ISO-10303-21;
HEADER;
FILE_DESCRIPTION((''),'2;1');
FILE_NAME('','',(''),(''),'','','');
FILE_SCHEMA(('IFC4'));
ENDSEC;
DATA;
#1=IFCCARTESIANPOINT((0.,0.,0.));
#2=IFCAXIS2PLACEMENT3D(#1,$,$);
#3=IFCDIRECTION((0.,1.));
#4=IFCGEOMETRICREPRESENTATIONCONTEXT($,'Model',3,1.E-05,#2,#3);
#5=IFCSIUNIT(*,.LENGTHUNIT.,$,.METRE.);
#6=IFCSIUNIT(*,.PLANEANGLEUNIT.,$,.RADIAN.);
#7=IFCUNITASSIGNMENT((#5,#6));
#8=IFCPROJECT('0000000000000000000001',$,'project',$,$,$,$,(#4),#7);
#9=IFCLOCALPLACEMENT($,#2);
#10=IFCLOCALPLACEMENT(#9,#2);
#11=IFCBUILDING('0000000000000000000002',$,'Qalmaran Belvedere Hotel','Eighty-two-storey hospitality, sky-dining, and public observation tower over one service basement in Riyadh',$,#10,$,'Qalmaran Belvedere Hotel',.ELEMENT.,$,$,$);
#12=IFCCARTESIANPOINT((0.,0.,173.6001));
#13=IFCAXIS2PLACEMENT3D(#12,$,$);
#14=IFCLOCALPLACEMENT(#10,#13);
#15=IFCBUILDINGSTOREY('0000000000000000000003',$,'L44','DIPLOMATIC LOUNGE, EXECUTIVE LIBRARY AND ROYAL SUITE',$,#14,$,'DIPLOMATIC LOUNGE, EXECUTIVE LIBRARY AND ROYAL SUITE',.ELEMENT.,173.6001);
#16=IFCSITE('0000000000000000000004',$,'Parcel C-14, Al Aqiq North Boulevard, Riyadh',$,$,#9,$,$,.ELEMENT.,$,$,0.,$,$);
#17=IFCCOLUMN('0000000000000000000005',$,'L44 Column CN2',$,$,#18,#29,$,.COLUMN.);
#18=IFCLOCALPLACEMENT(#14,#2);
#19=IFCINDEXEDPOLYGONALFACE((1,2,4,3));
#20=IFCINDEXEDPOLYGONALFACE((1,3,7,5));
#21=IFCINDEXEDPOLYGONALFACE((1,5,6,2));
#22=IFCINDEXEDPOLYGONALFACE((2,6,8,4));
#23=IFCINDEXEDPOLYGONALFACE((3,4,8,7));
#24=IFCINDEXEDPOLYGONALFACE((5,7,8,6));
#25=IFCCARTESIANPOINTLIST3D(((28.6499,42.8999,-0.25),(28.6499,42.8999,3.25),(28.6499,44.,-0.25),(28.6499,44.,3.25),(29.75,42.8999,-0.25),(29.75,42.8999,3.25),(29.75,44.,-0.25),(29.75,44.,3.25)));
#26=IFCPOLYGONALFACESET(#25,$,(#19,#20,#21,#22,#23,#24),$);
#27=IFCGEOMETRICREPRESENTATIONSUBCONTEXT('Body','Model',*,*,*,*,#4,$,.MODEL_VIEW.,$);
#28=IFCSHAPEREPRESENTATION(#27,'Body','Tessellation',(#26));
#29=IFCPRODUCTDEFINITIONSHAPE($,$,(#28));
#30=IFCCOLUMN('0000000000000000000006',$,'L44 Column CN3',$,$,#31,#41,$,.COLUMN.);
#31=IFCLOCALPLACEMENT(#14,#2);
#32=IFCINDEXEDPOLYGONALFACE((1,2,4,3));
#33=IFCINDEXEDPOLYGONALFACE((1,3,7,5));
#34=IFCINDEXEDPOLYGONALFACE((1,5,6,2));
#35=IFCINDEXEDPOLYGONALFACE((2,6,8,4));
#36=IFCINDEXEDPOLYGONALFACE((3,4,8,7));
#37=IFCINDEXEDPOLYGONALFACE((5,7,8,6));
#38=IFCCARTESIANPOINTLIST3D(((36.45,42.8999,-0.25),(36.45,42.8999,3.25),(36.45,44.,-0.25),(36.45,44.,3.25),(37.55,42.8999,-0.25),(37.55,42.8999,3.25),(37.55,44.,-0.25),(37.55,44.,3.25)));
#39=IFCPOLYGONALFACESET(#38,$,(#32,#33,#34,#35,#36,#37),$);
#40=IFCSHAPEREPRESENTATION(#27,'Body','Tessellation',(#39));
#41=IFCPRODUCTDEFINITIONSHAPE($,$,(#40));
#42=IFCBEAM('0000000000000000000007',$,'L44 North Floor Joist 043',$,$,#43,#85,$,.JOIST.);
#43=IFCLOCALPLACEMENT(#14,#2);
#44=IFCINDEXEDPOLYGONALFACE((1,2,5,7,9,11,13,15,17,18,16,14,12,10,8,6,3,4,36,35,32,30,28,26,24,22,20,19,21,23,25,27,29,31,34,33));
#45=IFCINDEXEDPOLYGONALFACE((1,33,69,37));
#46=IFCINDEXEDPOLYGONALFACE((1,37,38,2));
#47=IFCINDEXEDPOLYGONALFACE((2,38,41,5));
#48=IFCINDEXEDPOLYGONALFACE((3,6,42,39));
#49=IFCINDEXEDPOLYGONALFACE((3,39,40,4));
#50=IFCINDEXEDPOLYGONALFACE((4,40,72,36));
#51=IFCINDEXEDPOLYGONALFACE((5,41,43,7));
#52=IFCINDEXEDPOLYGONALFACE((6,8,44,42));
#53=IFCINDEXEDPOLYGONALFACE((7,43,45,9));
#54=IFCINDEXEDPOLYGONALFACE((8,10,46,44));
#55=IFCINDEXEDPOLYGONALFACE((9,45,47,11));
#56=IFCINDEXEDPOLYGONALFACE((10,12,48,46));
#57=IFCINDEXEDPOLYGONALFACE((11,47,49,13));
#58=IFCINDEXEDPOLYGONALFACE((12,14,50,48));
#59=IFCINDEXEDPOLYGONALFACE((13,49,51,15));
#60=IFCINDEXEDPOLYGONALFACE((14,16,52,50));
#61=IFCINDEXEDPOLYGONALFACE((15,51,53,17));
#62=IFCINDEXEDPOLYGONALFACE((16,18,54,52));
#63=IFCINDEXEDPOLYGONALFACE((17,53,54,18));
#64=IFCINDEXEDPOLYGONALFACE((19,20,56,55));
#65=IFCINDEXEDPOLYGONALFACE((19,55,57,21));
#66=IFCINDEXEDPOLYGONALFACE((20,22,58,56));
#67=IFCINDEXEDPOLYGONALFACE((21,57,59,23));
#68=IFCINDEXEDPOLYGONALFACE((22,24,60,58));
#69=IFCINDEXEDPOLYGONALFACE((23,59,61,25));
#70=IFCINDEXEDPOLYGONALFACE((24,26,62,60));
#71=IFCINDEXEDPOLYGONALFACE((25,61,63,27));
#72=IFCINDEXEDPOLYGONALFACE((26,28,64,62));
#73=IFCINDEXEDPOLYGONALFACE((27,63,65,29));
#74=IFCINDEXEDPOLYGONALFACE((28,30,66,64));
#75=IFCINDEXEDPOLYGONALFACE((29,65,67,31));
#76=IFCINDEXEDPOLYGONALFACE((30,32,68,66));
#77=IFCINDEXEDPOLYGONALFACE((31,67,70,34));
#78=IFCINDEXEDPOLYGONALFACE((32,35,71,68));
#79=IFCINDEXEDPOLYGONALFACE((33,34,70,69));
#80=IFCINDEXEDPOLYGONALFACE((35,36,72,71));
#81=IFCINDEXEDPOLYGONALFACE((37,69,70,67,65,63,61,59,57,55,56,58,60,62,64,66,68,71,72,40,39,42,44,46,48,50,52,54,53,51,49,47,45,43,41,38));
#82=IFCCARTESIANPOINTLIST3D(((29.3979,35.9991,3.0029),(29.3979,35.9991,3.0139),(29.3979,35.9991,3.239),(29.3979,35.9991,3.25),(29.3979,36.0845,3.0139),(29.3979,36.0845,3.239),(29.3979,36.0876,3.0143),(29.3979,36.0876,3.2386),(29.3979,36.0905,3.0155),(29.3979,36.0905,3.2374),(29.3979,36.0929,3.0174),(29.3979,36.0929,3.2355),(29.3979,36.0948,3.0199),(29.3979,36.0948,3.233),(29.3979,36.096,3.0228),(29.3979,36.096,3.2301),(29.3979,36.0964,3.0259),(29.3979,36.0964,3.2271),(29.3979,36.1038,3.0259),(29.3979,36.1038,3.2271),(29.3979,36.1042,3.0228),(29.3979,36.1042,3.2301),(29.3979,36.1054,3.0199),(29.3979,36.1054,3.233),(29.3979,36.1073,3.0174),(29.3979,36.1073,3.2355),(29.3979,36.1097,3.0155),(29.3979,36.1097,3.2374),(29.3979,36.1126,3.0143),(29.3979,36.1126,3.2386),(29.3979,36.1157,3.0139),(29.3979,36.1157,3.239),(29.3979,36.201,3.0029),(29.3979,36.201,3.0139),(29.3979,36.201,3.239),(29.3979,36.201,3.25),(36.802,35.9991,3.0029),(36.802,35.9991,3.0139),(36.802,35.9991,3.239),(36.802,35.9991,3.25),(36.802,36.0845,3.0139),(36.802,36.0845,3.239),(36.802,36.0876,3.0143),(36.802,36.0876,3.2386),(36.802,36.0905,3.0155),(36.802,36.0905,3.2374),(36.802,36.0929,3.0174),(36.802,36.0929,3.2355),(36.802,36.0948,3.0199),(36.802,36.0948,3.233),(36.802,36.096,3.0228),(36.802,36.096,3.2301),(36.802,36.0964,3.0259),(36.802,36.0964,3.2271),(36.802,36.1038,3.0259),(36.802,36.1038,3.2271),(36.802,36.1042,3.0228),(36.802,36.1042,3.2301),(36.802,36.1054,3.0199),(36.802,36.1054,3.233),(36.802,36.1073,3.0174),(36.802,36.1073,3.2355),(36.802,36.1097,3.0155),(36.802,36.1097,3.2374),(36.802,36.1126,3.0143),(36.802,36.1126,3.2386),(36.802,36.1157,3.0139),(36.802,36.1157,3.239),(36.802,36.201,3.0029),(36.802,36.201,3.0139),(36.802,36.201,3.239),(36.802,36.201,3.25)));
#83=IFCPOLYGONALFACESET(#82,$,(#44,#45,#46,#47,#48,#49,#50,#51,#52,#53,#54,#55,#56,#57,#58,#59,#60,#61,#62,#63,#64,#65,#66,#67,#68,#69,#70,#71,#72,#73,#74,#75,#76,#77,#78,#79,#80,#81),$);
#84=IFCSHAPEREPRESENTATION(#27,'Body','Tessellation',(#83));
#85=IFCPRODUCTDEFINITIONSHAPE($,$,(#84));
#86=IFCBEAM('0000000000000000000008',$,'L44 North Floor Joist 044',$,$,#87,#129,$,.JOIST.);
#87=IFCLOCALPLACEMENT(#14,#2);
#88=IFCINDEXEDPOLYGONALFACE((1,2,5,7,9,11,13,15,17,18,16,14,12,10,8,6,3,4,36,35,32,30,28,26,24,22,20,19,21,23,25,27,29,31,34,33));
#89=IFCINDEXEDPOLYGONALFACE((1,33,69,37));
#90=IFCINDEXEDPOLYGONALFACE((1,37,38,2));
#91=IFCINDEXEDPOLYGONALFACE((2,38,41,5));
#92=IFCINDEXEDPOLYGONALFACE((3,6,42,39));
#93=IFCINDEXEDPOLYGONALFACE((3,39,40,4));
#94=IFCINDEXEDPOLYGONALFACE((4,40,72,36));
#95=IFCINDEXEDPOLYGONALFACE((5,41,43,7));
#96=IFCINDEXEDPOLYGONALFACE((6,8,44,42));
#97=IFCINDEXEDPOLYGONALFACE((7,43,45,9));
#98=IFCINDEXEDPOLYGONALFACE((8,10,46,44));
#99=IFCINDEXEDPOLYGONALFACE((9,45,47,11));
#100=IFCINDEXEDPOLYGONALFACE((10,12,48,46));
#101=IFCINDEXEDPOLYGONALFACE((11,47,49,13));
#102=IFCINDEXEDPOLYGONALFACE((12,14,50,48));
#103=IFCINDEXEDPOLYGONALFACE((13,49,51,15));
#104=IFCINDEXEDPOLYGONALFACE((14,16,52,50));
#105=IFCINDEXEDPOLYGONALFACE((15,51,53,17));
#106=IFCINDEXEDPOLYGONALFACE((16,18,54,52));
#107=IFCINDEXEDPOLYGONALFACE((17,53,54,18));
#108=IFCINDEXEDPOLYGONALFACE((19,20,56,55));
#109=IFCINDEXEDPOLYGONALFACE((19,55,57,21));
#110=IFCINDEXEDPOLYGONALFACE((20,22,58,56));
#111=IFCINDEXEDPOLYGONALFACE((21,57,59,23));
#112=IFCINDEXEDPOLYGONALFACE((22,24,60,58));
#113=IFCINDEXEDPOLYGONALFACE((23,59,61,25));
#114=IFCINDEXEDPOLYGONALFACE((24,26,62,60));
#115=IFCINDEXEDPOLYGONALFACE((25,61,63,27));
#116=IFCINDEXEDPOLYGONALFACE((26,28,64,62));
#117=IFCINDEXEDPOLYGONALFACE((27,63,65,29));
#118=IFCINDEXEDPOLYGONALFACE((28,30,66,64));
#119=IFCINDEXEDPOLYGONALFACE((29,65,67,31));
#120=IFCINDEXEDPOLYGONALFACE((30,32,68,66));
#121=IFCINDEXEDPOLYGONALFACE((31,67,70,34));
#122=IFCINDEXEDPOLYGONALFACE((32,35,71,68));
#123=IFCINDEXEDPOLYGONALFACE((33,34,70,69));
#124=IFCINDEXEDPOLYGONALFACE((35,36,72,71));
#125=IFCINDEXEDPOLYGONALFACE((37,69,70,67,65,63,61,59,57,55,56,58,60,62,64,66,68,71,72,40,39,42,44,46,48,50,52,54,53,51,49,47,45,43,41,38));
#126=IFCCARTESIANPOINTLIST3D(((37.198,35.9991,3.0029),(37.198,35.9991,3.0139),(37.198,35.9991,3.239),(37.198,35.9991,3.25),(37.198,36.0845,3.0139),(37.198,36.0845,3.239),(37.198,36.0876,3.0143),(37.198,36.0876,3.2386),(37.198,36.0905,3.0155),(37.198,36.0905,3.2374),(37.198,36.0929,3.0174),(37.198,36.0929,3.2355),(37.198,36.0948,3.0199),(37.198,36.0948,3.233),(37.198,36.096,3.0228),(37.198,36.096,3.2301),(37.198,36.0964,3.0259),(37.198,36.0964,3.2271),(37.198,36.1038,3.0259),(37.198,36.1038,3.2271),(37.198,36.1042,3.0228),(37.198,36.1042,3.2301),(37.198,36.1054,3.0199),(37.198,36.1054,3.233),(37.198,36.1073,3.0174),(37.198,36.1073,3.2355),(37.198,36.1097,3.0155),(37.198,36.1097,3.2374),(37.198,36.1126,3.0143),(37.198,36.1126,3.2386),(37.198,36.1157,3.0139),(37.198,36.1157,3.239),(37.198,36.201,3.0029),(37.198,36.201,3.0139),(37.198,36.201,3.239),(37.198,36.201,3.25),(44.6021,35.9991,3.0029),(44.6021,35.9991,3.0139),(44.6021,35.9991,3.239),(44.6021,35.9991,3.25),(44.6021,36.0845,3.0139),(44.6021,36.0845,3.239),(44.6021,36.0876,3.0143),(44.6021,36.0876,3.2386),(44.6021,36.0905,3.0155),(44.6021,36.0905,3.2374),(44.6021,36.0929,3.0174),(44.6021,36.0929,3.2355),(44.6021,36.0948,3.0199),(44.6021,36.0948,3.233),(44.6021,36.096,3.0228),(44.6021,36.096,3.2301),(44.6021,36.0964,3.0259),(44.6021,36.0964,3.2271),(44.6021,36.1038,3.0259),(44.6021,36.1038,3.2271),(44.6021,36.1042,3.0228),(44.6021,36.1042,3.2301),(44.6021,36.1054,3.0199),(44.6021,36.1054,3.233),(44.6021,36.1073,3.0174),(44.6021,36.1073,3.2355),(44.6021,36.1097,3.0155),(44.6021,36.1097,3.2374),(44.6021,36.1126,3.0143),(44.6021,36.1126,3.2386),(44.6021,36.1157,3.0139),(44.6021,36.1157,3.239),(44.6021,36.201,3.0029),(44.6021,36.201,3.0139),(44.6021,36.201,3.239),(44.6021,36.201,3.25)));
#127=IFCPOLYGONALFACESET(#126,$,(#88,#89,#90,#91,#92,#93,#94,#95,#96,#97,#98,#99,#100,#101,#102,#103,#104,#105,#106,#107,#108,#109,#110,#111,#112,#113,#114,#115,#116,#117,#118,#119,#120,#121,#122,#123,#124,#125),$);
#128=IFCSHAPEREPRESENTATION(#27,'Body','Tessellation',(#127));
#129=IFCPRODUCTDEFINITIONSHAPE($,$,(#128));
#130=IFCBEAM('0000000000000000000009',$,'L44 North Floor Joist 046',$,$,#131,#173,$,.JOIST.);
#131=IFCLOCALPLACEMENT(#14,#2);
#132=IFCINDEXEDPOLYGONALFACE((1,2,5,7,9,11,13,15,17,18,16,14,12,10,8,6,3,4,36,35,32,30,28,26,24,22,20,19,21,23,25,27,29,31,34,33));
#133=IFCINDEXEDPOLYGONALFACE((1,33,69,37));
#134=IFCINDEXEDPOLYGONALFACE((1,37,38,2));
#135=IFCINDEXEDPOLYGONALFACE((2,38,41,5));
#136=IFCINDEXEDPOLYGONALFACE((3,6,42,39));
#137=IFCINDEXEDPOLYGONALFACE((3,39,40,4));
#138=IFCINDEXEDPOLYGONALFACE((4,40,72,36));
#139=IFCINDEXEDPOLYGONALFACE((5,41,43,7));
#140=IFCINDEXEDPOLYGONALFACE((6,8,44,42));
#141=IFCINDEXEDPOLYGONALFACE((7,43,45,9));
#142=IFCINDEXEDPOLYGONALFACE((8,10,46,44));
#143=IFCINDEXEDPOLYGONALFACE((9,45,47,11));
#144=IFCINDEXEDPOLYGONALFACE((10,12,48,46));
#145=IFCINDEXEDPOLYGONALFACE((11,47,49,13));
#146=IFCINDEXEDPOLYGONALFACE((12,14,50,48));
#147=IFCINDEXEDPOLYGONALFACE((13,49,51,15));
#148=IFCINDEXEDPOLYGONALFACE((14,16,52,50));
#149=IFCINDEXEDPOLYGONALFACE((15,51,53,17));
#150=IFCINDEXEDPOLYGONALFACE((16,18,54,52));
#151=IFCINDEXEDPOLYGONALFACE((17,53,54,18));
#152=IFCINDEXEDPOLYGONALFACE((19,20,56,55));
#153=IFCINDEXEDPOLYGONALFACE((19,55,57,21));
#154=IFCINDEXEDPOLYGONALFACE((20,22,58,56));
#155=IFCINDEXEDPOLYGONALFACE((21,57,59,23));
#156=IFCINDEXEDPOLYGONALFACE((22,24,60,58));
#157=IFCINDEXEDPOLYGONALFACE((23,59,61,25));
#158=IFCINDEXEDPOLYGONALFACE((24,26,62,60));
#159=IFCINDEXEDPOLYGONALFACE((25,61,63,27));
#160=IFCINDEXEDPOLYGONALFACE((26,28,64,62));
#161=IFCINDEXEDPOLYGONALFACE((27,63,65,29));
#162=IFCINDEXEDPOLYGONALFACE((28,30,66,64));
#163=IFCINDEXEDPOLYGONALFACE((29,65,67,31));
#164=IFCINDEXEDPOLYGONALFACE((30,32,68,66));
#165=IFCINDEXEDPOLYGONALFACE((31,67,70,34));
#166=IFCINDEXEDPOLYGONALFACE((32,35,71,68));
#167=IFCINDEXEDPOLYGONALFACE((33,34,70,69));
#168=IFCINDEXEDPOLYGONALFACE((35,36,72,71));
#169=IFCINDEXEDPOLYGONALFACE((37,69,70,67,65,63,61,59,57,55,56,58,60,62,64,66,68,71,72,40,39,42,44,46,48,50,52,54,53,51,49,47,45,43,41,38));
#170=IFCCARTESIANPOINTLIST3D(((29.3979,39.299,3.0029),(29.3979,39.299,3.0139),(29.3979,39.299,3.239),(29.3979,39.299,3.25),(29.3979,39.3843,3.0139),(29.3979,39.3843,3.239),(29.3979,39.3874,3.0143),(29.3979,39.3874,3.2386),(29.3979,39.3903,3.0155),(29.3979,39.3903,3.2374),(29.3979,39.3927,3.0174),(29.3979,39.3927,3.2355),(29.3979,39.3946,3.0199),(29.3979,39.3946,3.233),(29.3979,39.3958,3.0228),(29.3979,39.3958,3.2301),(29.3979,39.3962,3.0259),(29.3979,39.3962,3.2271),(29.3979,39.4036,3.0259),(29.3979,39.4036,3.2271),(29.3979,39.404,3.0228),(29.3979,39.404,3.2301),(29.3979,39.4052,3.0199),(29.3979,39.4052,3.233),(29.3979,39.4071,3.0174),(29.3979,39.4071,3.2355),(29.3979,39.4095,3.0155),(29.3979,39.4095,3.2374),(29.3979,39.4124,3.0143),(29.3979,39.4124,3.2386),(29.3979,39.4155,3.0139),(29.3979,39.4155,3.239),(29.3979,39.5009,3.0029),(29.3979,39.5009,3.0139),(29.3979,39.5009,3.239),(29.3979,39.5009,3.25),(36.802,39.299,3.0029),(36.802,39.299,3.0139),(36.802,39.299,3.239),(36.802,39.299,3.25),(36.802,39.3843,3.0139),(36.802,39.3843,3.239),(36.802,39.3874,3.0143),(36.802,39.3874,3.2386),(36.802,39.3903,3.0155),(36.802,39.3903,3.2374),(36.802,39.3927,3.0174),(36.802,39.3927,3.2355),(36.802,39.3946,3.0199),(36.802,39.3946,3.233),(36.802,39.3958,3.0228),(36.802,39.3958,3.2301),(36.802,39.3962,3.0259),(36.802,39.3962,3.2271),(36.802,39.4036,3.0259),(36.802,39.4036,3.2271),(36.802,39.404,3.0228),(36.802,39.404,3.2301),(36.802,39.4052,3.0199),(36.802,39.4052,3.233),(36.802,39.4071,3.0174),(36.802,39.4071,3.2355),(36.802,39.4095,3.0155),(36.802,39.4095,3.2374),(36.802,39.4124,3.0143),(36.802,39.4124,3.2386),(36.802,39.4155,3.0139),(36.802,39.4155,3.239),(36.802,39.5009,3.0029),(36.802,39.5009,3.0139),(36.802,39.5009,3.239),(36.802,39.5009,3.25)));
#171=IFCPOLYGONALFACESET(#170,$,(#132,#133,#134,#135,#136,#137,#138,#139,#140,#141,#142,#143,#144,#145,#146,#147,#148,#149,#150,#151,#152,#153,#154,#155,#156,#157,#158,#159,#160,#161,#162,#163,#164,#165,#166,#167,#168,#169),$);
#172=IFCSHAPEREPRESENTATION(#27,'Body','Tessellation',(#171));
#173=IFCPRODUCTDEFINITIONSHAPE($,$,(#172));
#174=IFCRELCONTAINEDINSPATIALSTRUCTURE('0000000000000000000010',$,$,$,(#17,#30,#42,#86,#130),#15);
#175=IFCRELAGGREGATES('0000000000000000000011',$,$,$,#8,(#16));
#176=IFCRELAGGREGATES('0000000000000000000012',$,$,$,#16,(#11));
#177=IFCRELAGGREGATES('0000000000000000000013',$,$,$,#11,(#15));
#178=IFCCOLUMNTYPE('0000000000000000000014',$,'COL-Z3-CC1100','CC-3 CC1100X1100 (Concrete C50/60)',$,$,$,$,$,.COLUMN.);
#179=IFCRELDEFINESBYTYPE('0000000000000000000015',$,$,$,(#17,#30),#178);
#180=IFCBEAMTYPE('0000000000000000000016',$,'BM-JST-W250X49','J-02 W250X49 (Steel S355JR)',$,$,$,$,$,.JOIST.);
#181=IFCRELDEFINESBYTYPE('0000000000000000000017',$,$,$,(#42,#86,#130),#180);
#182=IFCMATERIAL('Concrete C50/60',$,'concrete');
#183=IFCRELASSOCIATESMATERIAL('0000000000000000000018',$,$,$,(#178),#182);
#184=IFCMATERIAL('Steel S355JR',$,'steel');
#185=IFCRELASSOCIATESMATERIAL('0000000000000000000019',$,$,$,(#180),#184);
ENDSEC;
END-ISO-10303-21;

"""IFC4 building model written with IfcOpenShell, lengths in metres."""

from ifc_helpers import new_model, si_unit, direction, frame, origin, origin_2d, place, context, subcontext, project, spatial, rectangle, i_section, extrude, material, material_profile, profile_set, type_object, element, save


model = new_model("IFC4")

# Units and contexts
model_context = context("Model", 3, precision=1e-05, world=origin(), true_north=direction((0.0, 1.0)))
body_context = subcontext(model_context, "Body", "Model", "MODEL_VIEW")
ifc_project = project(units=[si_unit("LENGTHUNIT", "METRE"), si_unit("PLANEANGLEUNIT", "RADIAN")], contexts=[model_context])

# Site, building, storey
site_placement = place(None, origin())
site = spatial("IfcSite", under=ifc_project, at=site_placement, Name="Parcel C-14, Al Aqiq North Boulevard, Riyadh", CompositionType="ELEMENT", RefElevation=0.0)
building_placement = place(site_placement, origin())
building = spatial("IfcBuilding", under=site, at=building_placement, Name="Qalmaran Belvedere Hotel", Description="Eighty-two-storey hospitality, sky-dining, and public observation tower over one service basement in Riyadh", LongName="Qalmaran Belvedere Hotel", CompositionType="ELEMENT")
storey_placement = place(building_placement, frame((0.0, 0.0, 173.6001)))
storey = spatial("IfcBuildingStorey", under=building, at=storey_placement, Name="L44", Description="DIPLOMATIC LOUNGE, EXECUTIVE LIBRARY AND ROYAL SUITE", LongName="DIPLOMATIC LOUNGE, EXECUTIVE LIBRARY AND ROYAL SUITE", CompositionType="ELEMENT", Elevation=173.6001)

# Columns
ifc_material_1 = material(Name="Concrete C50/60", Category="concrete")
ifc_material_profile_1 = material_profile(ifc_material_1, rectangle(XDim=1.1001, YDim=1.1001, at=origin_2d()), Name="CC1100X1100")
ifc_profile_set_1 = profile_set([ifc_material_profile_1], Name="Concrete C50/60")
column_type = type_object("IfcColumnType", Name="COL-Z3-CC1100", Description="CC-3 CC1100X1100 (Concrete C50/60)", PredefinedType="COLUMN", material=ifc_profile_set_1)
for number, where, z_axis, x_axis, name in (
    (1, (29.2, 43.45, -0.25), (0.0, 0.0, 1.0), (1.0, 0.0, 0.0), "L44 Column CN2"),
    (2, (37.0, 43.45, -0.25), (0.0, 0.0, 1.0), (1.0, 0.0, 0.0), "L44 Column CN3"),
):
    element("IfcColumn", number, at=place(storey_placement, frame(where, z_axis=z_axis, x_axis=x_axis)), inside=storey, type_object=column_type, Name=name, PredefinedType="COLUMN", context=body_context, shape_type="SweptSolid", body=[
        extrude(rectangle(XDim=1.1001, YDim=1.1001, at=origin_2d()), origin(), (0.0, 0.0, 1.0), 3.5),
    ])

# Beams
ifc_material_2 = material(Name="Steel S355JR", Category="steel")
ifc_material_profile_2 = material_profile(ifc_material_2, i_section(OverallWidth=0.2019, OverallDepth=0.2471, WebThickness=0.0073, FlangeThickness=0.011, FilletRadius=0.012, at=origin_2d()), Name="W250X49")
ifc_profile_set_2 = profile_set([ifc_material_profile_2], Name="Steel S355JR")
beam_type_1 = type_object("IfcBeamType", Name="BM-JST-W250X49", Description="J-02 W250X49 (Steel S355JR)", PredefinedType="JOIST", material=ifc_profile_set_2)
for number, where, z_axis, x_axis, name in (
    (3, (29.3979, 36.1001, 3.1265), (1.0, 0.0, 0.0), (0.0, 1.0, 0.0), "L44 North Floor Joist 043"),
    (4, (37.198, 36.1001, 3.1265), (1.0, 0.0, 0.0), (0.0, 1.0, 0.0), "L44 North Floor Joist 044"),
    (5, (29.3979, 39.3999, 3.1265), (1.0, 0.0, 0.0), (0.0, 1.0, 0.0), "L44 North Floor Joist 046"),
):
    element("IfcBeam", number, at=place(storey_placement, frame(where, z_axis=z_axis, x_axis=x_axis)), inside=storey, type_object=beam_type_1, Name=name, PredefinedType="JOIST", context=body_context, shape_type="SweptSolid", body=[
        extrude(i_section(OverallWidth=0.2019, OverallDepth=0.2471, WebThickness=0.0073, FlangeThickness=0.011, FilletRadius=0.012, at=origin_2d()), origin(), (0.0, 0.0, 1.0), 7.4041),
    ])

save(model, "model.ifc")
